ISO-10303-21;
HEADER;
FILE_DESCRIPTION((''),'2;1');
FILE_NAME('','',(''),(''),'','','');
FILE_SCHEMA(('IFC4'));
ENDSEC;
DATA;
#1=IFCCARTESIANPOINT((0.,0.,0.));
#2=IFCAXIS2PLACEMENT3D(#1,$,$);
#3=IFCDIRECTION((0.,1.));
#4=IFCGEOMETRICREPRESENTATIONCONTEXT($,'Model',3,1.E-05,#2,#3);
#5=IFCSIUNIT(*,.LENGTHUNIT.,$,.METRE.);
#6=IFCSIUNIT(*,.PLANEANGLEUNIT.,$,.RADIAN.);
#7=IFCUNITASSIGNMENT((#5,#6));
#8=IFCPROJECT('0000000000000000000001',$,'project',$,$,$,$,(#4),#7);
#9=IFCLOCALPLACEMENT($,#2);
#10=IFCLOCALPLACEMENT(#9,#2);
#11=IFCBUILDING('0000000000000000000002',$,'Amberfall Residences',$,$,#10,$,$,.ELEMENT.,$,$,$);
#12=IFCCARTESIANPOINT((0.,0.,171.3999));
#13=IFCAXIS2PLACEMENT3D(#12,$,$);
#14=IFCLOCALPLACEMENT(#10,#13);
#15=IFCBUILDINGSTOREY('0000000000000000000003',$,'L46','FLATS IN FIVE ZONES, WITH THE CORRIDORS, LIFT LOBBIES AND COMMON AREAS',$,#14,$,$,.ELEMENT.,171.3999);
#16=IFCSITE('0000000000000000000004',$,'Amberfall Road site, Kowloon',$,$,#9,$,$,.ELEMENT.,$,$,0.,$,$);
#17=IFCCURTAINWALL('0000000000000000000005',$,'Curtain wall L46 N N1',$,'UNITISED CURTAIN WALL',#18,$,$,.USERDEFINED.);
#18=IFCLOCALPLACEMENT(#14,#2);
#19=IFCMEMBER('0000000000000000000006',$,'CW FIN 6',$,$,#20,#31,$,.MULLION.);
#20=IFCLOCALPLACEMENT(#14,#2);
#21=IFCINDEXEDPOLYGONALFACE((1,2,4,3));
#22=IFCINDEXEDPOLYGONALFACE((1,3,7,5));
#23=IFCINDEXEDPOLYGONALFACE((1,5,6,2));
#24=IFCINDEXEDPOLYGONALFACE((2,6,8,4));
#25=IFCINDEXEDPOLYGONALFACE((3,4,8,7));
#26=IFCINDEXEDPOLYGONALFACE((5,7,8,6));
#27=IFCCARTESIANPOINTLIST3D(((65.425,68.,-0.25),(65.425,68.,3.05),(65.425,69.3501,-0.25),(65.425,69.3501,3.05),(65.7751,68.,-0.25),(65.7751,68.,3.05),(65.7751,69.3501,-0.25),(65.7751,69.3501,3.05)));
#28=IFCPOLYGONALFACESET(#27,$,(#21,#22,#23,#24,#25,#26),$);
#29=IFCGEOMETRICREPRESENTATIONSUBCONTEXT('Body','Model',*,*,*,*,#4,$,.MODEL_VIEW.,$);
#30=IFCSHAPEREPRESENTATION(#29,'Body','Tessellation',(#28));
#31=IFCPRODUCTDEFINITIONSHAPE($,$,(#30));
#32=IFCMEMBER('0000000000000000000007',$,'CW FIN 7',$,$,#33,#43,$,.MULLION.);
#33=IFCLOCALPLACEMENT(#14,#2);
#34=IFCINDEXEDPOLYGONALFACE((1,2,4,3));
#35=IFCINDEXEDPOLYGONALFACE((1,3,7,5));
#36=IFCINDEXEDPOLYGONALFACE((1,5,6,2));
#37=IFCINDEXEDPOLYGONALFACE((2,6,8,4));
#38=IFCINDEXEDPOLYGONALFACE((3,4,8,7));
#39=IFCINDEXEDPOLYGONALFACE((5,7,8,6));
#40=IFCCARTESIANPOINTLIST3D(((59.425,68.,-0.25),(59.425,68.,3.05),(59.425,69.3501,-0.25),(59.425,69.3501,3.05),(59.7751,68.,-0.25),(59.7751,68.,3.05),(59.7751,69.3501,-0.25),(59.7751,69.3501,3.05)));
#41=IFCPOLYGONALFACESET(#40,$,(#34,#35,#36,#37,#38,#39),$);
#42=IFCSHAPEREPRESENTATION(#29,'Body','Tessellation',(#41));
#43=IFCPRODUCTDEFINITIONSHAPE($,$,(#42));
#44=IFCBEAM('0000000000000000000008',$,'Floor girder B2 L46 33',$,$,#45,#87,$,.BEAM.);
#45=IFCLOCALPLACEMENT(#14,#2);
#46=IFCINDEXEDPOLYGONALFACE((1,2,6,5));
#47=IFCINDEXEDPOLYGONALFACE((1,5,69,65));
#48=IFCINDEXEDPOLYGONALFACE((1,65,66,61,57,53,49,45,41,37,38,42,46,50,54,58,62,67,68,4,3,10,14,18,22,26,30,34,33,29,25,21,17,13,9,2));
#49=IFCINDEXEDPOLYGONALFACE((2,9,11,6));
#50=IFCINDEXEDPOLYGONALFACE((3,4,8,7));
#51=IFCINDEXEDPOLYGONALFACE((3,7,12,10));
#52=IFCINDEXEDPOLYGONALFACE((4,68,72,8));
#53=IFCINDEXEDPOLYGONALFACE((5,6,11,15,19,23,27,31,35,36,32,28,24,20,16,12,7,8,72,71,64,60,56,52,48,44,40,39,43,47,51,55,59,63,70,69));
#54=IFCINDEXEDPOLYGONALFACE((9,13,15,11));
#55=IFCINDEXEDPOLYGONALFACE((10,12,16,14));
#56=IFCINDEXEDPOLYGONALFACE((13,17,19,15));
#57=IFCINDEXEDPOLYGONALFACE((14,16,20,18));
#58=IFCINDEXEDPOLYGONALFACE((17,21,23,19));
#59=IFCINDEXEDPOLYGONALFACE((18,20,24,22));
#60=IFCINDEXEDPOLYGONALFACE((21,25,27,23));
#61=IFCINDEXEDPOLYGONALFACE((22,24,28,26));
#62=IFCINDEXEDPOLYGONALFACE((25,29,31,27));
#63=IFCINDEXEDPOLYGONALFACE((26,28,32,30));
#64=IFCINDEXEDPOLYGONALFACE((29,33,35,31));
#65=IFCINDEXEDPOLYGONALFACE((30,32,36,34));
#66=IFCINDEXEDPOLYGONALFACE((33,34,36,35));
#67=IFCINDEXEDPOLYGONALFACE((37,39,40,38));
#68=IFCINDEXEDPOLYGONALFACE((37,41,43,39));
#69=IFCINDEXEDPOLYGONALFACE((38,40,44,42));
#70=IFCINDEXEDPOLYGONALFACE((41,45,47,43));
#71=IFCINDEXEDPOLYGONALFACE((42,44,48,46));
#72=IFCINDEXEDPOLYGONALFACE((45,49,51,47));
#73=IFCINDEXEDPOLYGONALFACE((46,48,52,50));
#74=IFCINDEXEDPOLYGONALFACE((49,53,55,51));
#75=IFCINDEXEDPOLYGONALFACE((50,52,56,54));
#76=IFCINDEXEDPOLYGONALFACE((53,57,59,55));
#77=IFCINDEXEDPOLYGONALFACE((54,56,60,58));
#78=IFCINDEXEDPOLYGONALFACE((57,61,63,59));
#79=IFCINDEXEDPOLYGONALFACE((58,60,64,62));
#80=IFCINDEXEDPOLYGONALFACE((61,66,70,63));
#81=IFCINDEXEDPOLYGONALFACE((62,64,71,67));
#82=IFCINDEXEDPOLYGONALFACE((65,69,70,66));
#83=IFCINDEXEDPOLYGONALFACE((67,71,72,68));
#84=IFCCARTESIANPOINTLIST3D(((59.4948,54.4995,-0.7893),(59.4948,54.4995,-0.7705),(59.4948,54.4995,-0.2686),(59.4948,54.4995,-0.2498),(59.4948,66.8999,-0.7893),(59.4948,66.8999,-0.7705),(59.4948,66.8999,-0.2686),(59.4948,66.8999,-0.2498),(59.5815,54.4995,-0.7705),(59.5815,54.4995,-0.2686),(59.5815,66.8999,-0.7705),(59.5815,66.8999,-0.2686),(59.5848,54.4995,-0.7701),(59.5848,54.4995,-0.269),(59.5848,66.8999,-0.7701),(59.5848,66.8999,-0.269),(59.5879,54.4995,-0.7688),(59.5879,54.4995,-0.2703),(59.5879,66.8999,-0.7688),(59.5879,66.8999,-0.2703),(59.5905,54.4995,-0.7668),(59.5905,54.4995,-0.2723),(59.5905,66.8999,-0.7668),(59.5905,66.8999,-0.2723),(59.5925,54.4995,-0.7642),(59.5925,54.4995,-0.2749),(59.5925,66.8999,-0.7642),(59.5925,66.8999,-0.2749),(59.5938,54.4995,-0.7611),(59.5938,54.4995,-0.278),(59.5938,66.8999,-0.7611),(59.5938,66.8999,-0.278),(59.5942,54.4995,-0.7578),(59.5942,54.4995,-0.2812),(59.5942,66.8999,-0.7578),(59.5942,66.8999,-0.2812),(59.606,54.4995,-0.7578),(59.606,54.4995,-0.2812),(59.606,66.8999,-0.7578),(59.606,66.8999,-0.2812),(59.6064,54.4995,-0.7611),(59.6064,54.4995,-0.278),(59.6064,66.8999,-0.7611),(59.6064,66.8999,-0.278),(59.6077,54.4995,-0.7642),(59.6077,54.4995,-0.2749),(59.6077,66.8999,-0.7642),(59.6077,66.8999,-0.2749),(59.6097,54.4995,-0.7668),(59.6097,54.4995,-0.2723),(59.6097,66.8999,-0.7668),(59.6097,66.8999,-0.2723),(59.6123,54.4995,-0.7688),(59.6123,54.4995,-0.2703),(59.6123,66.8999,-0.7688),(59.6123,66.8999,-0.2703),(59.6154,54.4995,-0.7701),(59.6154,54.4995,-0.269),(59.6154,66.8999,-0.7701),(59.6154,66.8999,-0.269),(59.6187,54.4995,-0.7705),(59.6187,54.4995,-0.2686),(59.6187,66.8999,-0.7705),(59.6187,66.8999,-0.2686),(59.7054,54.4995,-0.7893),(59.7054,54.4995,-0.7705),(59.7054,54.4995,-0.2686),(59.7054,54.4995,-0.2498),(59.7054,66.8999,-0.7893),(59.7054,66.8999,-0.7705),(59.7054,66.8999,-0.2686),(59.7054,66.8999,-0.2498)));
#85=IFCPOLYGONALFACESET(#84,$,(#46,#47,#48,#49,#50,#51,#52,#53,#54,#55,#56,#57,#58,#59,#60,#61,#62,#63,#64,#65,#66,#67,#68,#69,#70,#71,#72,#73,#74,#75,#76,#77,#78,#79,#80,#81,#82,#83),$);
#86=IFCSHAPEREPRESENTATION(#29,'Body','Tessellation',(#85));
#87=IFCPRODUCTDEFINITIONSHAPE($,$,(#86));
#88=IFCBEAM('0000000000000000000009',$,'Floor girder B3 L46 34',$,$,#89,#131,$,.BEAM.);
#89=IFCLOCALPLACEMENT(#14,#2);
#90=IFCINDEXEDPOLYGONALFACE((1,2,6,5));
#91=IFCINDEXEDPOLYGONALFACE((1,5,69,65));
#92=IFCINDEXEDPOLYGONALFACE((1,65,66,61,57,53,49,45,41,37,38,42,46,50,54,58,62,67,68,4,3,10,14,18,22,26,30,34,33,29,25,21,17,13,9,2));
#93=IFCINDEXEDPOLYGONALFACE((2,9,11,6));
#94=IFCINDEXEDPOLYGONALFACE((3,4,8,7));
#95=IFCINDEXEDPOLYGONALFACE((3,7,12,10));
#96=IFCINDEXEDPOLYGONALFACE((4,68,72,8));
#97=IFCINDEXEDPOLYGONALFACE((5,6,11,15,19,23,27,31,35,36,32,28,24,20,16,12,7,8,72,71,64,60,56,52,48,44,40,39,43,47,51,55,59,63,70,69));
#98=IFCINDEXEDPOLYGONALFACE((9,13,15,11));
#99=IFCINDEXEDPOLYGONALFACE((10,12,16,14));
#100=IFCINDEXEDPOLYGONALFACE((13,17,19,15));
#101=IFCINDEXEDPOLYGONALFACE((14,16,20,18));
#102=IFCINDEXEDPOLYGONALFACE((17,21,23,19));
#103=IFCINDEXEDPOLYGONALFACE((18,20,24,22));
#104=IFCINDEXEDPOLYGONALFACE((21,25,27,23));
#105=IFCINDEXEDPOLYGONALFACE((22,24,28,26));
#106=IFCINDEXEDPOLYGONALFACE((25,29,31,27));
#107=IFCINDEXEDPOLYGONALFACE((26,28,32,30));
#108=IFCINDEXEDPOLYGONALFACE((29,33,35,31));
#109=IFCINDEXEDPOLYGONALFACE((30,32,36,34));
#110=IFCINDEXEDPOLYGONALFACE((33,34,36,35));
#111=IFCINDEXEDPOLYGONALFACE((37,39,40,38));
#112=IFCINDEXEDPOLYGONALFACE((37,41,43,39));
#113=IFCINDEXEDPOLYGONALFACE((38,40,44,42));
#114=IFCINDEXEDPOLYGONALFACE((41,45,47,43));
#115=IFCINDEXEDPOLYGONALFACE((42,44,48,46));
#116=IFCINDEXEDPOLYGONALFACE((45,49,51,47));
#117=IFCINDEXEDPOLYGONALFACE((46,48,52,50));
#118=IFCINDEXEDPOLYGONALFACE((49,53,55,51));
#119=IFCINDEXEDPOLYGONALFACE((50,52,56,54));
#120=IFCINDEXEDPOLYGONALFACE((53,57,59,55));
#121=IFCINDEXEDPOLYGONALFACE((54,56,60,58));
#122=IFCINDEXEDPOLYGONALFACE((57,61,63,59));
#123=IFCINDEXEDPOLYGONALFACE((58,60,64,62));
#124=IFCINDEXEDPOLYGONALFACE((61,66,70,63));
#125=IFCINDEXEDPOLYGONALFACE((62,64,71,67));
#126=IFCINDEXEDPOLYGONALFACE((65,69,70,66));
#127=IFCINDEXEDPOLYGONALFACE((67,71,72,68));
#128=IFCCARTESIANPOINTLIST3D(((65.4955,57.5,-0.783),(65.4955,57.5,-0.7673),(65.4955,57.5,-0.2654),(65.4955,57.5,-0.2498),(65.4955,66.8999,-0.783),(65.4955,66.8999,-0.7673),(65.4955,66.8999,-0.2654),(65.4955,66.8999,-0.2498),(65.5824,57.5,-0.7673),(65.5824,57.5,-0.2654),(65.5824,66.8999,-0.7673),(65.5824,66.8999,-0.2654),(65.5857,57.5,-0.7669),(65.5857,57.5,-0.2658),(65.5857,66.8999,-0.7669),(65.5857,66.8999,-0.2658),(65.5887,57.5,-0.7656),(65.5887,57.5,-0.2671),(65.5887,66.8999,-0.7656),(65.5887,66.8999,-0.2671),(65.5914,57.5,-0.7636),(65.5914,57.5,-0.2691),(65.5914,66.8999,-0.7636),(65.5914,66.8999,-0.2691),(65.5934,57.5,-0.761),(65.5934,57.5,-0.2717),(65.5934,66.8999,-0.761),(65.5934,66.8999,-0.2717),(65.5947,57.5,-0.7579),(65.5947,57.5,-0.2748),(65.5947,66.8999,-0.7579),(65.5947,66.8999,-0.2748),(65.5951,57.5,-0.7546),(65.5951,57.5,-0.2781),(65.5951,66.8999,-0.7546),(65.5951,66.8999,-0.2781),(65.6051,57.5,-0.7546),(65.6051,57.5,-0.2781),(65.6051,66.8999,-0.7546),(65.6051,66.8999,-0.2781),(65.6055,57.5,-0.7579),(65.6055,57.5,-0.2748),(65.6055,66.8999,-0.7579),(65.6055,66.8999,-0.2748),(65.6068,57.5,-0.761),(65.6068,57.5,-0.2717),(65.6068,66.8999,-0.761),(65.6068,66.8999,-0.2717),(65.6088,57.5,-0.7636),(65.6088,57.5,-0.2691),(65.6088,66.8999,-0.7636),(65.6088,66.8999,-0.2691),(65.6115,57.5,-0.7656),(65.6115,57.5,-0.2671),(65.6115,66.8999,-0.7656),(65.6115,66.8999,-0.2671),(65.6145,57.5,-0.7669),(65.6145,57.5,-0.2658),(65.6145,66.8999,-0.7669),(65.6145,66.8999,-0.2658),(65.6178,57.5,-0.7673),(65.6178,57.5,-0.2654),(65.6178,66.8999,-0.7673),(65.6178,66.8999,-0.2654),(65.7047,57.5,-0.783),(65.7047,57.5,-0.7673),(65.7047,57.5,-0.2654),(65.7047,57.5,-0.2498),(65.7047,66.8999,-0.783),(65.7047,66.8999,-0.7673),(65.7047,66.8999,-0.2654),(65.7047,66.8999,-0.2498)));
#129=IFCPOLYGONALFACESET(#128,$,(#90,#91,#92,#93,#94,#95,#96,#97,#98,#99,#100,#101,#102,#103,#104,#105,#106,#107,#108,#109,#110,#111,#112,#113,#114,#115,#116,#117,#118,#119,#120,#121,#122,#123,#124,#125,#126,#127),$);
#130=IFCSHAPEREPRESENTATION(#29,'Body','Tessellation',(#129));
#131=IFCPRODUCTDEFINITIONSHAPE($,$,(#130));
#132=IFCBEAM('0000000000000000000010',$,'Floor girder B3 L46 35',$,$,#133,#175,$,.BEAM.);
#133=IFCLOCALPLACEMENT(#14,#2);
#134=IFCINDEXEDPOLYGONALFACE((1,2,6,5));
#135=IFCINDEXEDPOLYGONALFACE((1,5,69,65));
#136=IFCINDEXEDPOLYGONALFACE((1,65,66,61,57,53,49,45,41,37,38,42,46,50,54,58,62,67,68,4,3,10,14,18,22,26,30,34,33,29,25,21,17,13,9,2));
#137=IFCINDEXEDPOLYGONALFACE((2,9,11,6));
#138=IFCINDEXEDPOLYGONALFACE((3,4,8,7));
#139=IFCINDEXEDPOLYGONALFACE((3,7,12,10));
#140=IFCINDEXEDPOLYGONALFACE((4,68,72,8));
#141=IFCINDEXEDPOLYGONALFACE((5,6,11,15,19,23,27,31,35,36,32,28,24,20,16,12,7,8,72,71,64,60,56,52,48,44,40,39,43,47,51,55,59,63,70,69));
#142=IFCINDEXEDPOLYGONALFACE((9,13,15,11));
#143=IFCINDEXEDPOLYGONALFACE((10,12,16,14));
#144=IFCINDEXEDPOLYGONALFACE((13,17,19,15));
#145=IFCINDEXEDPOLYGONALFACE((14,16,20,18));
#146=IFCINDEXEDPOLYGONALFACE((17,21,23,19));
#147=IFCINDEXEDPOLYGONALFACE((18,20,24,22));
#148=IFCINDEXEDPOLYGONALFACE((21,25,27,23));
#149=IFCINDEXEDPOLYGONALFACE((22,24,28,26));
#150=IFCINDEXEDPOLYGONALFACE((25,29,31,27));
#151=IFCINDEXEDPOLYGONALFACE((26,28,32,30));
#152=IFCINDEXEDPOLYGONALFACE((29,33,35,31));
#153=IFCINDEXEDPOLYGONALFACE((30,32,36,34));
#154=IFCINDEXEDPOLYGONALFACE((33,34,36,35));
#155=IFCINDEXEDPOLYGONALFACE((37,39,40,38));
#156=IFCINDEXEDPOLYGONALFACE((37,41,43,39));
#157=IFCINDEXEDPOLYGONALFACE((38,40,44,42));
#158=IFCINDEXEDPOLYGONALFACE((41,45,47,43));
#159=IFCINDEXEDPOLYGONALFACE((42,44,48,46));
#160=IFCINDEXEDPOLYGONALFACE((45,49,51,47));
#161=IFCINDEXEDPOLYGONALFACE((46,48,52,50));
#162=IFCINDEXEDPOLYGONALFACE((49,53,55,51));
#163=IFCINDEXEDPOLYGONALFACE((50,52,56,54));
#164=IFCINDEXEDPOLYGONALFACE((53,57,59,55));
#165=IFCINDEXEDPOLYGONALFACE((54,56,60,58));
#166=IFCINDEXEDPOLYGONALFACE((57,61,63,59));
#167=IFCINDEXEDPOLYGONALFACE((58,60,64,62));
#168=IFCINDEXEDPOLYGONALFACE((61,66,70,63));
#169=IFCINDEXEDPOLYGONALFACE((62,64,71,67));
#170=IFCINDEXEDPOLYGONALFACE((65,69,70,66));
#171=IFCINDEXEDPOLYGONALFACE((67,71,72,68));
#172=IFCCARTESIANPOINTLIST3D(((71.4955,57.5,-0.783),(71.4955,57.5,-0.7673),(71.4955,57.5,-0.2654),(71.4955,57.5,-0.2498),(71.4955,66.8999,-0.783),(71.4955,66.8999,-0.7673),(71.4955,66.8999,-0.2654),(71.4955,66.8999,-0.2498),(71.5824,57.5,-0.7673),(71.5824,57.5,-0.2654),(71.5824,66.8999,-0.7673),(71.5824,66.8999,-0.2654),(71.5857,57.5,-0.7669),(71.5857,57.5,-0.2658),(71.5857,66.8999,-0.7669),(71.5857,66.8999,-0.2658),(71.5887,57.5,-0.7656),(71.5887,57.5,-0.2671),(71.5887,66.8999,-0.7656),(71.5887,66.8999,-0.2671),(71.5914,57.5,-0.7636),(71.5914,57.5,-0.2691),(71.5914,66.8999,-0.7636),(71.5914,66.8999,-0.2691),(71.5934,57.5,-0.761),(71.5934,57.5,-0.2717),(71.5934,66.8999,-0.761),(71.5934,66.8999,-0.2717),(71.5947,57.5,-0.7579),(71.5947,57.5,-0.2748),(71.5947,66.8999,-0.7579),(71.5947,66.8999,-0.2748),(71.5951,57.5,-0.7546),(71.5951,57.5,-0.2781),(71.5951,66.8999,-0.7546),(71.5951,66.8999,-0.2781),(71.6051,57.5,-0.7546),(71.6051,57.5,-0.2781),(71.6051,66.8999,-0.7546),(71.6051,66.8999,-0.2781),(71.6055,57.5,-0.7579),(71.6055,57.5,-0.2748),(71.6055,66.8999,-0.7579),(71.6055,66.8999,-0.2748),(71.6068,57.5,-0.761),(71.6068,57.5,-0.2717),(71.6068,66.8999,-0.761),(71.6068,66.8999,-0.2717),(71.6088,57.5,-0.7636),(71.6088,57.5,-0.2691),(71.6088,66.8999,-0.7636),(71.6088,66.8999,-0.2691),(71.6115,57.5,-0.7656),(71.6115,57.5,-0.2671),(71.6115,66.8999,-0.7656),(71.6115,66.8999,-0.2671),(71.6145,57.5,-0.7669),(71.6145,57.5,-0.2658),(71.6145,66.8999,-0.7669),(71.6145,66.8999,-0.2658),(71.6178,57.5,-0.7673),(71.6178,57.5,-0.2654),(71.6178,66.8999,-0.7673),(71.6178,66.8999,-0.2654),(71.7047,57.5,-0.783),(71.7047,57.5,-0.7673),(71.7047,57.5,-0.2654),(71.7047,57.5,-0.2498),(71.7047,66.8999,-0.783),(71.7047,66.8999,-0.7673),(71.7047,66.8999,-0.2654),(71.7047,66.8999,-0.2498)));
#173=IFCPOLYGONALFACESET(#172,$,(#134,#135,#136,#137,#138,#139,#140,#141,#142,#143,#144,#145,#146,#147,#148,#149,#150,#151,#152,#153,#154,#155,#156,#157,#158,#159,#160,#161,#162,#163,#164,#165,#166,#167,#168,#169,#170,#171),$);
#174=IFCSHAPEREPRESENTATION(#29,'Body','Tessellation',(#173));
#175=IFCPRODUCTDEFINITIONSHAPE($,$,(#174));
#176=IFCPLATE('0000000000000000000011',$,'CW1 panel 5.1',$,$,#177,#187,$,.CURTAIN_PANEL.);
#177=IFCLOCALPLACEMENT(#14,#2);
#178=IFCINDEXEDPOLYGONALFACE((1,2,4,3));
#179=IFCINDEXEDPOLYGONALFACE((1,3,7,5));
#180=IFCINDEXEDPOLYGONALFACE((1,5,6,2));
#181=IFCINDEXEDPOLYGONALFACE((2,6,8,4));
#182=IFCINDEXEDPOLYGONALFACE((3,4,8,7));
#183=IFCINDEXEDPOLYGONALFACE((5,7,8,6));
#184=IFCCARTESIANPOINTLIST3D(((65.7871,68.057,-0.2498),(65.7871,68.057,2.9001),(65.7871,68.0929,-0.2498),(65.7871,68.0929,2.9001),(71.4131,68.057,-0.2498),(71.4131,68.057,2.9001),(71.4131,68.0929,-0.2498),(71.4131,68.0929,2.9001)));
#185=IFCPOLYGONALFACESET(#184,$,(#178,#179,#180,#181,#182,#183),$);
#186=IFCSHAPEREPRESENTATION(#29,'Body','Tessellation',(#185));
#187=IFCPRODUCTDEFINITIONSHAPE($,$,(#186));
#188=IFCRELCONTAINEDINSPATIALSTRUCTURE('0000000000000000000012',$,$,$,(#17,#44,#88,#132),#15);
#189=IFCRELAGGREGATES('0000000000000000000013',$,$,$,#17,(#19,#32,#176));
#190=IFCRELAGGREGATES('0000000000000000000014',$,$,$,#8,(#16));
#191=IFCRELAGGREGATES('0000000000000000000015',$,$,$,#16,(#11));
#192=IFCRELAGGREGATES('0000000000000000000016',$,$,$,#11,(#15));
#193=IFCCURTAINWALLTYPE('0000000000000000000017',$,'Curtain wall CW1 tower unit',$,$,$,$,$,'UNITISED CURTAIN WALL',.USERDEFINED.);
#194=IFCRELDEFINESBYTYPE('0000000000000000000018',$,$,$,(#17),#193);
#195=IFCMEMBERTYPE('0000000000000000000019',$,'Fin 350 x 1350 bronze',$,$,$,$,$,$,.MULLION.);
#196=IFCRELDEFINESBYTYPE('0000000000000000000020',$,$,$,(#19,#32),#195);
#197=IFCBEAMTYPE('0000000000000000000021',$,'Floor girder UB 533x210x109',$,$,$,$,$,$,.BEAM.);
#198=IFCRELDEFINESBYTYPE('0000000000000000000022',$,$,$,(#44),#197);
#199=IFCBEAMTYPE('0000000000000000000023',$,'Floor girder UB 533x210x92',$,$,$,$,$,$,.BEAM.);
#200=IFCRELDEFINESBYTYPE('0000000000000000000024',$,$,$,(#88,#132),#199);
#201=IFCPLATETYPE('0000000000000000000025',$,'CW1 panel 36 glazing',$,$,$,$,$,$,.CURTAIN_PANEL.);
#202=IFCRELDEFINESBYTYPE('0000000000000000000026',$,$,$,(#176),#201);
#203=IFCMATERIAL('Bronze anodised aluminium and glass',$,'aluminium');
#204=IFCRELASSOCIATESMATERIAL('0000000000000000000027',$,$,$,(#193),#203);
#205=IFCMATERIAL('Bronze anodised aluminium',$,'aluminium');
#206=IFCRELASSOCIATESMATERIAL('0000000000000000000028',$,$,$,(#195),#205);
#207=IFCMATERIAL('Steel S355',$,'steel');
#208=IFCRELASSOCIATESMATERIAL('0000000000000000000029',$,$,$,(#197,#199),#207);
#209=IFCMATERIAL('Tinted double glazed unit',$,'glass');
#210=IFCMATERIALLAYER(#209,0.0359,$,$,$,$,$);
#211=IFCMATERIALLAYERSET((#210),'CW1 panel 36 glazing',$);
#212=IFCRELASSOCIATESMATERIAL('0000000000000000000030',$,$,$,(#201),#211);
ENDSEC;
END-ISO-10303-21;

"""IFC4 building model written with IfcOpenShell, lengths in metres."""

from ifc_helpers import new_model, si_unit, direction, frame, origin, origin_2d, place, context, subcontext, project, spatial, rectangle, i_section, extrude, material, layer, layer_set, material_profile, profile_set, type_object, element, aggregate, save


model = new_model("IFC4")

# Units and contexts
model_context = context("Model", 3, precision=1e-05, world=origin(), true_north=direction((0.0, 1.0)))
body_context = subcontext(model_context, "Body", "Model", "MODEL_VIEW")
ifc_project = project(units=[si_unit("LENGTHUNIT", "METRE"), si_unit("PLANEANGLEUNIT", "RADIAN")], contexts=[model_context])

# Site, building, storey
site_placement = place(None, origin())
site = spatial("IfcSite", under=ifc_project, at=site_placement, Name="Amberfall Road site, Kowloon", CompositionType="ELEMENT", RefElevation=0.0)
building_placement = place(site_placement, origin())
building = spatial("IfcBuilding", under=site, at=building_placement, Name="Amberfall Residences", CompositionType="ELEMENT")
storey_placement = place(building_placement, frame((0.0, 0.0, 171.3999)))
storey = spatial("IfcBuildingStorey", under=building, at=storey_placement, Name="L46", Description="FLATS IN FIVE ZONES, WITH THE CORRIDORS, LIFT LOBBIES AND COMMON AREAS", CompositionType="ELEMENT", Elevation=171.3999)

# Curtain wall
ifc_material_1 = material(Name="Bronze anodised aluminium and glass", Category="aluminium")
curtain_wall_type = type_object("IfcCurtainWallType", Name="Curtain wall CW1 tower unit", ElementType="UNITISED CURTAIN WALL", PredefinedType="USERDEFINED", material=ifc_material_1)
curtain_wall_placement = place(storey_placement, origin())
curtain_wall = element("IfcCurtainWall", 1, at=curtain_wall_placement, inside=storey, type_object=curtain_wall_type, Name="Curtain wall L46 N N1", ObjectType="UNITISED CURTAIN WALL", PredefinedType="USERDEFINED")
ifc_material_2 = material(Name="Bronze anodised aluminium", Category="aluminium")

# Shared definitions
ifc_material_3 = material(Name="Steel S355", Category="steel")

# Members
ifc_material_profile_1 = material_profile(ifc_material_2, rectangle(XDim=1.3501, YDim=0.3501, at=origin_2d()), Name="Fin 350 x 1350 bronze")
ifc_profile_set_1 = profile_set([ifc_material_profile_1], Name="Bronze anodised aluminium")
member_type_1 = type_object("IfcMemberType", Name="Fin 350 x 1350 bronze", PredefinedType="MULLION", material=ifc_profile_set_1)
member_1_placement = place(storey_placement, frame((65.6001, 68.675, -0.25), z_axis=(0.0, 0.0, 1.0), x_axis=(0.0, -1.0, 0.0)))
member_1 = element("IfcMember", 2, at=member_1_placement, type_object=member_type_1, Name="CW FIN 6", PredefinedType="MULLION", context=body_context, shape_type="SweptSolid", body=[
    extrude(rectangle(XDim=1.3501, YDim=0.3501, at=origin_2d()), origin(), (0.0, 0.0, 1.0), 3.3),
])
member_2_placement = place(storey_placement, frame((59.6001, 68.675, -0.25), z_axis=(0.0, 0.0, 1.0), x_axis=(0.0, -1.0, 0.0)))
member_2 = element("IfcMember", 3, at=member_2_placement, type_object=member_type_1, Name="CW FIN 7", PredefinedType="MULLION", context=body_context, shape_type="SweptSolid", body=[
    extrude(rectangle(XDim=1.3501, YDim=0.3501, at=origin_2d()), origin(), (0.0, 0.0, 1.0), 3.3),
])

# Beams
ifc_material_profile_2 = material_profile(ifc_material_3, i_section(OverallWidth=0.2107, OverallDepth=0.5396, WebThickness=0.0117, FlangeThickness=0.0188, FilletRadius=0.0127, at=origin_2d()), Name="UB 533x210x109")
ifc_profile_set_2 = profile_set([ifc_material_profile_2], Name="Steel S355")
beam_type_1 = type_object("IfcBeamType", Name="Floor girder UB 533x210x109", PredefinedType="BEAM", material=ifc_profile_set_2)
beam_placement = place(storey_placement, frame((59.6001, 66.8999, -0.5195), z_axis=(0.0, -1.0, 0.0), x_axis=(1.0, 0.0, 0.0)))
element("IfcBeam", 4, at=beam_placement, inside=storey, type_object=beam_type_1, Name="Floor girder B2 L46 33", PredefinedType="BEAM", context=body_context, shape_type="SweptSolid", body=[
    extrude(i_section(OverallWidth=0.2107, OverallDepth=0.5396, WebThickness=0.0117, FlangeThickness=0.0188, FilletRadius=0.0127, at=origin_2d()), origin(), (0.0, 0.0, 1.0), 12.4004),
])
ifc_material_profile_3 = material_profile(ifc_material_3, i_section(OverallWidth=0.2092, OverallDepth=0.5332, WebThickness=0.01, FlangeThickness=0.0156, FilletRadius=0.0127, at=origin_2d()), Name="UB 533x210x92")
ifc_profile_set_3 = profile_set([ifc_material_profile_3], Name="Steel S355")
beam_type_2 = type_object("IfcBeamType", Name="Floor girder UB 533x210x92", PredefinedType="BEAM", material=ifc_profile_set_3)
for number, where, z_axis, x_axis, name in (
    (5, (65.6001, 66.8999, -0.5164), (0.0, -1.0, 0.0), (1.0, 0.0, 0.0), "Floor girder B3 L46 34"),
    (6, (71.6001, 66.8999, -0.5164), (0.0, -1.0, 0.0), (1.0, 0.0, 0.0), "Floor girder B3 L46 35"),
):
    element("IfcBeam", number, at=place(storey_placement, frame(where, z_axis=z_axis, x_axis=x_axis)), inside=storey, type_object=beam_type_2, Name=name, PredefinedType="BEAM", context=body_context, shape_type="SweptSolid", body=[
        extrude(i_section(OverallWidth=0.2092, OverallDepth=0.5332, WebThickness=0.01, FlangeThickness=0.0156, FilletRadius=0.0127, at=origin_2d()), origin(), (0.0, 0.0, 1.0), 9.3999),
    ])

# Plate
ifc_material_4 = material(Name="Tinted double glazed unit", Category="glass")
ifc_layer_1 = layer(ifc_material_4, 0.0359)
ifc_layer_set_1 = layer_set([ifc_layer_1], Name="CW1 panel 36 glazing")
plate_type = type_object("IfcPlateType", Name="CW1 panel 36 glazing", PredefinedType="CURTAIN_PANEL", material=ifc_layer_set_1)
plate_1_placement = place(storey_placement, frame((68.6001, 68.075, -0.2498), z_axis=(0.0, 0.0, 1.0), x_axis=(-1.0, 0.0, 0.0)))
plate_1 = element("IfcPlate", 7, at=plate_1_placement, type_object=plate_type, Name="CW1 panel 5.1", PredefinedType="CURTAIN_PANEL", context=body_context, shape_type="SweptSolid", body=[
    extrude(rectangle(XDim=5.626, YDim=0.0359, at=origin_2d()), origin(), (0.0, 0.0, 1.0), 3.1499),
])
aggregate(curtain_wall, [member_1, member_2, plate_1])

save(model, "model.ifc")
